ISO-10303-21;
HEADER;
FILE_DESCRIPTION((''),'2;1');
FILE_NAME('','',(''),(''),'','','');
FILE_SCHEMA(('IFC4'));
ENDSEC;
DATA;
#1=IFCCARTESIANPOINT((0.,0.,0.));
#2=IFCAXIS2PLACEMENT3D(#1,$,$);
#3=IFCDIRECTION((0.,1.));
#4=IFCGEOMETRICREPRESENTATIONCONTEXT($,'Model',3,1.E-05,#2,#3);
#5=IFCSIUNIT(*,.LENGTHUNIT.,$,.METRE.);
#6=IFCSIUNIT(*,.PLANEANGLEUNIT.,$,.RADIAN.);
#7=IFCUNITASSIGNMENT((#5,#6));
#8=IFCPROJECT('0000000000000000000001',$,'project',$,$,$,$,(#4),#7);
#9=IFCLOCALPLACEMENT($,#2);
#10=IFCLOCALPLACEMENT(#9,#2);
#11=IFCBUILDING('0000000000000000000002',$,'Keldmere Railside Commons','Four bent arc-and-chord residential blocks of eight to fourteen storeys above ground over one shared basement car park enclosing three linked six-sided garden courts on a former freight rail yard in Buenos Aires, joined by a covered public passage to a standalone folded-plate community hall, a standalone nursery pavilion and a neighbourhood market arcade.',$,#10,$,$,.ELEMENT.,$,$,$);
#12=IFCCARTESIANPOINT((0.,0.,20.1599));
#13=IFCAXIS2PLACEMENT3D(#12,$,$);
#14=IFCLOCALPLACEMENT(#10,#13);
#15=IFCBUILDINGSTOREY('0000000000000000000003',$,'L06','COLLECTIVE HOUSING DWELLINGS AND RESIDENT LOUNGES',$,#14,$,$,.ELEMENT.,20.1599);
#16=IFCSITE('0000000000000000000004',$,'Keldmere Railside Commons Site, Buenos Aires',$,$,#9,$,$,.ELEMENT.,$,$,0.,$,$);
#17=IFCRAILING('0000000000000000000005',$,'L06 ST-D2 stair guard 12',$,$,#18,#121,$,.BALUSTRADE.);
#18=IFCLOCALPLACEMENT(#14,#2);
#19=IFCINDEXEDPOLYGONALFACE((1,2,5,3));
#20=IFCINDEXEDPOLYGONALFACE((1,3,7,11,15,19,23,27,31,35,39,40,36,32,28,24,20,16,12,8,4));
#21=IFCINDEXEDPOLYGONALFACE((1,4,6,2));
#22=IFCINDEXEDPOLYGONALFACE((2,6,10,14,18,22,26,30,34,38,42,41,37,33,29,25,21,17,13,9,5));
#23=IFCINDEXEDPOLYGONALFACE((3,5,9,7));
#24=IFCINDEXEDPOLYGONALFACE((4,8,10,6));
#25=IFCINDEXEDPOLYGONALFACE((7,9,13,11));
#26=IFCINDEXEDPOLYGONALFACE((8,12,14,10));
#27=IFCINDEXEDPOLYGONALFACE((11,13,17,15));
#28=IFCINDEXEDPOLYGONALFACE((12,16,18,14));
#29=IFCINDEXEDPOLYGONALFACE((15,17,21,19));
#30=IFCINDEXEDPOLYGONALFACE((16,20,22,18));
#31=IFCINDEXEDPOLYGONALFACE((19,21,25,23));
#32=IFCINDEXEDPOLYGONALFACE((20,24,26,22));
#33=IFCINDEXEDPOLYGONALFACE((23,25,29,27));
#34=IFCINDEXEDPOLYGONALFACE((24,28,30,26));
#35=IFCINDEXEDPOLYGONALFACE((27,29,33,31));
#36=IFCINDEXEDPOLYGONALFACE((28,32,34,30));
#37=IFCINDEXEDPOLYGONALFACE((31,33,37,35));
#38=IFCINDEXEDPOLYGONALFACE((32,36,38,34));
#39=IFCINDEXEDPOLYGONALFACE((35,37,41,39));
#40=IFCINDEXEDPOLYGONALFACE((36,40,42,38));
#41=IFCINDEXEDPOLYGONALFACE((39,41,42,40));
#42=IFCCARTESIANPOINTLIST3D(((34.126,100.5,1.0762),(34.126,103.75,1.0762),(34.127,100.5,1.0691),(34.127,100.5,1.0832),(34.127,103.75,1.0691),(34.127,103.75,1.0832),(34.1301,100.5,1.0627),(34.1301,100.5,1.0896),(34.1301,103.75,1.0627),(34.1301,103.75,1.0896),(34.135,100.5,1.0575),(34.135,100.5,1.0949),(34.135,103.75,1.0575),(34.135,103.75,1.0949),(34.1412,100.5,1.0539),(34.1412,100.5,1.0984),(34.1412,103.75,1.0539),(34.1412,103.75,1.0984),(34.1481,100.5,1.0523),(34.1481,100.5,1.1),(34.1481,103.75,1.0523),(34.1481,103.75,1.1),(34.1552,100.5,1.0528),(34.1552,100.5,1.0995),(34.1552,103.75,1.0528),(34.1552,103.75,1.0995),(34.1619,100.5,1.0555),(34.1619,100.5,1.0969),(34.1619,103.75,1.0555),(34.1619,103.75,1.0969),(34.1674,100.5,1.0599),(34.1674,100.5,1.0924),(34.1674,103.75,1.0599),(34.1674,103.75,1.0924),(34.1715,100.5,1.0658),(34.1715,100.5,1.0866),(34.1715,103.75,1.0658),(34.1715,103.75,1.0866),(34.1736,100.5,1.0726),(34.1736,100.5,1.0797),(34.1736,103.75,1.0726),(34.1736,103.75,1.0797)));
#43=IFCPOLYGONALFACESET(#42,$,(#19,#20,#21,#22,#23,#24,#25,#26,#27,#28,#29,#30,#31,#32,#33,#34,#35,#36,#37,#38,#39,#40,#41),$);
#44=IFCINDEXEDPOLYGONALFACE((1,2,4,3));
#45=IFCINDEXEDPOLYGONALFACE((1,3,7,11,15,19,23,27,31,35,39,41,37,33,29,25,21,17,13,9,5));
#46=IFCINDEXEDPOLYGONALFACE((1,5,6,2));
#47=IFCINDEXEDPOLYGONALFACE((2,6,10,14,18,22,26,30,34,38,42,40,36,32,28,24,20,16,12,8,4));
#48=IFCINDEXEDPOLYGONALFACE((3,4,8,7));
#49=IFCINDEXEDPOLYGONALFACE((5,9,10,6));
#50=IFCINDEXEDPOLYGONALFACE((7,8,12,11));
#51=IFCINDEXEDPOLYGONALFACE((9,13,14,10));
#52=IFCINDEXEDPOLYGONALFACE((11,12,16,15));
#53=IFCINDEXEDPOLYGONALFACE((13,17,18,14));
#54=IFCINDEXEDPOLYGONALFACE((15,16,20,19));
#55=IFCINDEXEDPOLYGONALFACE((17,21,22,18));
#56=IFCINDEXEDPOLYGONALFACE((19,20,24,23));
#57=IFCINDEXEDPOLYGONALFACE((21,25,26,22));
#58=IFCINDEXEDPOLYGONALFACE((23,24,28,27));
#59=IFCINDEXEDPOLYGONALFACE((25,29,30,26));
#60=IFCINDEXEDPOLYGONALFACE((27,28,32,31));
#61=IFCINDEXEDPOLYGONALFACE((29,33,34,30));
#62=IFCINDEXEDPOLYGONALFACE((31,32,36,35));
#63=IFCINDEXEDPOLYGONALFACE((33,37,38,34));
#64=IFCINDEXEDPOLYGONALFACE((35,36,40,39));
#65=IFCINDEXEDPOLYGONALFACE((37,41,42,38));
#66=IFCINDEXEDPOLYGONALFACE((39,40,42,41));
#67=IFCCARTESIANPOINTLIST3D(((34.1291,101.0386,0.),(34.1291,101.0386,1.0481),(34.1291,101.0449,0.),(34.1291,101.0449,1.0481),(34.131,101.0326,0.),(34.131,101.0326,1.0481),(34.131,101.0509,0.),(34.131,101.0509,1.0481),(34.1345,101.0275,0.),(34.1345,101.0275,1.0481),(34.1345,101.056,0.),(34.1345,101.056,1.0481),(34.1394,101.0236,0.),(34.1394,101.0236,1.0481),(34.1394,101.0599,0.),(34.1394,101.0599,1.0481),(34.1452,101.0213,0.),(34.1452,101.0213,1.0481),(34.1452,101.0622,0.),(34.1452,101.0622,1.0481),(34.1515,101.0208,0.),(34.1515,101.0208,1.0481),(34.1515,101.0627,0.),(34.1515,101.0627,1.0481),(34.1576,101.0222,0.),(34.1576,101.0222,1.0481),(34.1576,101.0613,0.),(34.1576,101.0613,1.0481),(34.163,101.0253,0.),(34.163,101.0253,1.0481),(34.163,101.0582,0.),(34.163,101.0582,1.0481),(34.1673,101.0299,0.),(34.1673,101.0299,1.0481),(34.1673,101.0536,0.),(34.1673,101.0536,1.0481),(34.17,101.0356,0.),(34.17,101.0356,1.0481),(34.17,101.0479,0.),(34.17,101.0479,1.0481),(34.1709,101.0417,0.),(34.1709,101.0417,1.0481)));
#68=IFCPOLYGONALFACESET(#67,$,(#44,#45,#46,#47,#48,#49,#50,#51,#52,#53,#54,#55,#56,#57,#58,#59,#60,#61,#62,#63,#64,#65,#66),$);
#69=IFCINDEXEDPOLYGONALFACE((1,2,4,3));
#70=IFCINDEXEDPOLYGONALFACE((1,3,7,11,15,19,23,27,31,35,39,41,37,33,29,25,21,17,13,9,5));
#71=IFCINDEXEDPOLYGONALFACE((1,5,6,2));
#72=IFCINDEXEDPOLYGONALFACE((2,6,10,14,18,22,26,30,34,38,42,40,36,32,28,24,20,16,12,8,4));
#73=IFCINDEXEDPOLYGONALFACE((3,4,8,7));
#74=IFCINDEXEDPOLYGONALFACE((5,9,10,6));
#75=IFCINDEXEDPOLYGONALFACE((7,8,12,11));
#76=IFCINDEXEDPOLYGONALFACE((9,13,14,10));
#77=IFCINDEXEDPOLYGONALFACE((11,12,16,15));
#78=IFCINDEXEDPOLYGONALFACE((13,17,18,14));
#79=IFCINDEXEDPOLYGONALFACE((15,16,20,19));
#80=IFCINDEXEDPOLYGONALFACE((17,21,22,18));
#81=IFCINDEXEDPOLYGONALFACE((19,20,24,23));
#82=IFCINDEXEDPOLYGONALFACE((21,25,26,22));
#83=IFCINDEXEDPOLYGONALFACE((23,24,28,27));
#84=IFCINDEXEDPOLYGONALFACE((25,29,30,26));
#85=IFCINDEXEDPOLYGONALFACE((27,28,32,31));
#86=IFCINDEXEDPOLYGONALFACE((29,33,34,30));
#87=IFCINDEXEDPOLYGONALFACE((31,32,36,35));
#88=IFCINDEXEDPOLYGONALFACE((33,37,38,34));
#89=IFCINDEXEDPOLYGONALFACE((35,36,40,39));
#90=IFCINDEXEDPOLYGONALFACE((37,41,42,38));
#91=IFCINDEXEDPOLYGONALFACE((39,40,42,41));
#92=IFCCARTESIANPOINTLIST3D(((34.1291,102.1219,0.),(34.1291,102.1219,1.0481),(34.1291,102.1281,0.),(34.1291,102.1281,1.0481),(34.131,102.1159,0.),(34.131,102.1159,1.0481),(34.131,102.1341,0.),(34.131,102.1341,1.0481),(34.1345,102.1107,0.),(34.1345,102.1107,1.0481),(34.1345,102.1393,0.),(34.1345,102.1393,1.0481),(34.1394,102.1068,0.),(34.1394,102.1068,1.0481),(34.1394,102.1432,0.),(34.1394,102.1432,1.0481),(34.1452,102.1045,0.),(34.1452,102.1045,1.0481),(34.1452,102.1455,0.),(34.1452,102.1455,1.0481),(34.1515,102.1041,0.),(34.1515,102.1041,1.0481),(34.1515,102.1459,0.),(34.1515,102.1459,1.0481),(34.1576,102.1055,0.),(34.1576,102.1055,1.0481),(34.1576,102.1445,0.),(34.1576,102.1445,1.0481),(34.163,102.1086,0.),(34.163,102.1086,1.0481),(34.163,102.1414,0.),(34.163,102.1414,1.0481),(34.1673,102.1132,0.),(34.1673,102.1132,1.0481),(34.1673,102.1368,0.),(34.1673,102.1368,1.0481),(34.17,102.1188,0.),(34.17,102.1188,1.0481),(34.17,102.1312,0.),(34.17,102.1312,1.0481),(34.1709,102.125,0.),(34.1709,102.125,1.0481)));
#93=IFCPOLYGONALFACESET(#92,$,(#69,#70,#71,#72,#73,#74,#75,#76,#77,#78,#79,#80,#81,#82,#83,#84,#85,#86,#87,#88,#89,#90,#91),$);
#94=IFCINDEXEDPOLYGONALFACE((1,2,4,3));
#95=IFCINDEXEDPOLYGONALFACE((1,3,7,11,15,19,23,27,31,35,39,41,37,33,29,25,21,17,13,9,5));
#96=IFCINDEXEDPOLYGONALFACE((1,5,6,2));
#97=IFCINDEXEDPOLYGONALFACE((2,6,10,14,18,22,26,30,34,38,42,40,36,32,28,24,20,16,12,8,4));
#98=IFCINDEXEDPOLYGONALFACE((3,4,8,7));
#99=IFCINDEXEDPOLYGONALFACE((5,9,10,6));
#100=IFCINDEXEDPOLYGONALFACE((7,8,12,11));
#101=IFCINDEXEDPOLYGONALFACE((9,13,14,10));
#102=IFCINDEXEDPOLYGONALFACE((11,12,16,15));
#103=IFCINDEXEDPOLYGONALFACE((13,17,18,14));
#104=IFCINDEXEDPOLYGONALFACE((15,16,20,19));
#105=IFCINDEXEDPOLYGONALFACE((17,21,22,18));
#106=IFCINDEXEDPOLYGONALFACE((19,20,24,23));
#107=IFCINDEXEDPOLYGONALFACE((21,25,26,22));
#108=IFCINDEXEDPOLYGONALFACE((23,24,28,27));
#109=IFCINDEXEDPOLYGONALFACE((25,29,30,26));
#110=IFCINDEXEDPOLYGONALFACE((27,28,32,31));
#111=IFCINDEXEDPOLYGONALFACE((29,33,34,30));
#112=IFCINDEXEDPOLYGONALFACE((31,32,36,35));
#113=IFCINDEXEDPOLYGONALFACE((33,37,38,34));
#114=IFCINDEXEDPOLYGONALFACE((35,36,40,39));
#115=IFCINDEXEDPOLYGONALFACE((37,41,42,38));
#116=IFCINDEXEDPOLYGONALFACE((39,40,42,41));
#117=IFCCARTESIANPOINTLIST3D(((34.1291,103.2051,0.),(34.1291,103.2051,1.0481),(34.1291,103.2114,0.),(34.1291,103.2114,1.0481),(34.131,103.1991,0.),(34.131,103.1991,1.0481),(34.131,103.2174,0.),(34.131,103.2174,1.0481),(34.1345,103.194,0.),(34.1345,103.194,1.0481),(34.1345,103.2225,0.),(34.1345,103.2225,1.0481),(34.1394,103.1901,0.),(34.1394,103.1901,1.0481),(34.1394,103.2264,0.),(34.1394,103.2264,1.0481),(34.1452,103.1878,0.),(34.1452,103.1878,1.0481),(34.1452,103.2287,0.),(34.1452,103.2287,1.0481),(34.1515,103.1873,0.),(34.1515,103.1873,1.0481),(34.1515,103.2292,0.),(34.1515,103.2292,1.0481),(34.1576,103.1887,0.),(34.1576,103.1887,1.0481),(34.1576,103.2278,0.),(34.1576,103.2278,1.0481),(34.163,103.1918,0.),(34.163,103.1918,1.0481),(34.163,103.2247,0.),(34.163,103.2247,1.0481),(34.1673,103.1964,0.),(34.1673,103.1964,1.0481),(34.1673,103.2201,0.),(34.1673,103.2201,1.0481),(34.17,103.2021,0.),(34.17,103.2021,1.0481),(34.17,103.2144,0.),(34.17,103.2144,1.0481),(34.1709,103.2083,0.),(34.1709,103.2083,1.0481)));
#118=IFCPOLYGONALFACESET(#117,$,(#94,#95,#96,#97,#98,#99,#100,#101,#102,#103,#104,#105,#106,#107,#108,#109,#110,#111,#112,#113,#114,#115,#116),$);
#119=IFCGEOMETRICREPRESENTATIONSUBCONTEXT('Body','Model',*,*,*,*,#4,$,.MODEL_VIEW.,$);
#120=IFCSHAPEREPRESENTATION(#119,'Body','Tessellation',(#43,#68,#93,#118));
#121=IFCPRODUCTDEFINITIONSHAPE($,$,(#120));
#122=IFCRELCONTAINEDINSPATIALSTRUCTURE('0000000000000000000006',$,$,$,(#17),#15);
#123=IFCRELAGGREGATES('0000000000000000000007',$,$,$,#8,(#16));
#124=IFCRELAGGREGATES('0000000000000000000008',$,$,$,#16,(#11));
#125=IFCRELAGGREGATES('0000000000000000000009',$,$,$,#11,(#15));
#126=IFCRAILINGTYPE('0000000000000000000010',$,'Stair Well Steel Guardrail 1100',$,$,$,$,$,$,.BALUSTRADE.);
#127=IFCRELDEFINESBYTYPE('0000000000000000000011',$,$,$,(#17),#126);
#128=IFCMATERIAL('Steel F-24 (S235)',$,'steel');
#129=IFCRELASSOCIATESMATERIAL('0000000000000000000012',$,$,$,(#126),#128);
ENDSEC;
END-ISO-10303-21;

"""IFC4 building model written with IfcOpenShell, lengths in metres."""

from ifc_helpers import new_model, si_unit, direction, frame, origin, origin_2d, place, context, subcontext, project, spatial, circle, extrude, material, type_object, element, save


model = new_model("IFC4")

# Units and contexts
model_context = context("Model", 3, precision=1e-05, world=origin(), true_north=direction((0.0, 1.0)))
body_context = subcontext(model_context, "Body", "Model", "MODEL_VIEW")
ifc_project = project(units=[si_unit("LENGTHUNIT", "METRE"), si_unit("PLANEANGLEUNIT", "RADIAN")], contexts=[model_context])

# Site, building, storey
site_placement = place(None, origin())
site = spatial("IfcSite", under=ifc_project, at=site_placement, Name="Keldmere Railside Commons Site, Buenos Aires", CompositionType="ELEMENT", RefElevation=0.0)
building_placement = place(site_placement, origin())
building = spatial("IfcBuilding", under=site, at=building_placement, Name="Keldmere Railside Commons", Description="Four bent arc-and-chord residential blocks of eight to fourteen storeys above ground over one shared basement car park enclosing three linked six-sided garden courts on a former freight rail yard in Buenos Aires, joined by a covered public passage to a standalone folded-plate community hall, a standalone nursery pavilion and a neighbourhood market arcade.", CompositionType="ELEMENT")
storey_placement = place(building_placement, frame((0.0, 0.0, 20.1599)))
storey = spatial("IfcBuildingStorey", under=building, at=storey_placement, Name="L06", Description="COLLECTIVE HOUSING DWELLINGS AND RESIDENT LOUNGES", CompositionType="ELEMENT", Elevation=20.1599)

# Railing
ifc_material_1 = material(Name="Steel F-24 (S235)", Category="steel")
railing_type_1 = type_object("IfcRailingType", Name="Stair Well Steel Guardrail 1100", PredefinedType="BALUSTRADE", material=ifc_material_1)
railing_1_placement = place(storey_placement, frame((34.1499, 100.5, 0.0)))
element("IfcRailing", 1, at=railing_1_placement, inside=storey, type_object=railing_type_1, Name="L06 ST-D2 stair guard 12", PredefinedType="BALUSTRADE", context=body_context, shape_type="SweptSolid", body=[
    extrude(circle(Radius=0.0239, at=origin_2d()), frame((0.0, 0.0, 1.0762), z_axis=(0.0, 1.0, 0.0), x_axis=(-1.0, 0.0, 0.0)), (0.0, 0.0, 1.0), 3.25),
    extrude(circle(Radius=0.021, at=origin_2d()), frame((0.0, 0.5417, 0.0)), (0.0, 0.0, 1.0), 1.0481),
    extrude(circle(Radius=0.021, at=origin_2d()), frame((0.0, 1.625, 0.0)), (0.0, 0.0, 1.0), 1.0481),
    extrude(circle(Radius=0.021, at=origin_2d()), frame((0.0, 2.7083, 0.0)), (0.0, 0.0, 1.0), 1.0481),
])

save(model, "model.ifc")
